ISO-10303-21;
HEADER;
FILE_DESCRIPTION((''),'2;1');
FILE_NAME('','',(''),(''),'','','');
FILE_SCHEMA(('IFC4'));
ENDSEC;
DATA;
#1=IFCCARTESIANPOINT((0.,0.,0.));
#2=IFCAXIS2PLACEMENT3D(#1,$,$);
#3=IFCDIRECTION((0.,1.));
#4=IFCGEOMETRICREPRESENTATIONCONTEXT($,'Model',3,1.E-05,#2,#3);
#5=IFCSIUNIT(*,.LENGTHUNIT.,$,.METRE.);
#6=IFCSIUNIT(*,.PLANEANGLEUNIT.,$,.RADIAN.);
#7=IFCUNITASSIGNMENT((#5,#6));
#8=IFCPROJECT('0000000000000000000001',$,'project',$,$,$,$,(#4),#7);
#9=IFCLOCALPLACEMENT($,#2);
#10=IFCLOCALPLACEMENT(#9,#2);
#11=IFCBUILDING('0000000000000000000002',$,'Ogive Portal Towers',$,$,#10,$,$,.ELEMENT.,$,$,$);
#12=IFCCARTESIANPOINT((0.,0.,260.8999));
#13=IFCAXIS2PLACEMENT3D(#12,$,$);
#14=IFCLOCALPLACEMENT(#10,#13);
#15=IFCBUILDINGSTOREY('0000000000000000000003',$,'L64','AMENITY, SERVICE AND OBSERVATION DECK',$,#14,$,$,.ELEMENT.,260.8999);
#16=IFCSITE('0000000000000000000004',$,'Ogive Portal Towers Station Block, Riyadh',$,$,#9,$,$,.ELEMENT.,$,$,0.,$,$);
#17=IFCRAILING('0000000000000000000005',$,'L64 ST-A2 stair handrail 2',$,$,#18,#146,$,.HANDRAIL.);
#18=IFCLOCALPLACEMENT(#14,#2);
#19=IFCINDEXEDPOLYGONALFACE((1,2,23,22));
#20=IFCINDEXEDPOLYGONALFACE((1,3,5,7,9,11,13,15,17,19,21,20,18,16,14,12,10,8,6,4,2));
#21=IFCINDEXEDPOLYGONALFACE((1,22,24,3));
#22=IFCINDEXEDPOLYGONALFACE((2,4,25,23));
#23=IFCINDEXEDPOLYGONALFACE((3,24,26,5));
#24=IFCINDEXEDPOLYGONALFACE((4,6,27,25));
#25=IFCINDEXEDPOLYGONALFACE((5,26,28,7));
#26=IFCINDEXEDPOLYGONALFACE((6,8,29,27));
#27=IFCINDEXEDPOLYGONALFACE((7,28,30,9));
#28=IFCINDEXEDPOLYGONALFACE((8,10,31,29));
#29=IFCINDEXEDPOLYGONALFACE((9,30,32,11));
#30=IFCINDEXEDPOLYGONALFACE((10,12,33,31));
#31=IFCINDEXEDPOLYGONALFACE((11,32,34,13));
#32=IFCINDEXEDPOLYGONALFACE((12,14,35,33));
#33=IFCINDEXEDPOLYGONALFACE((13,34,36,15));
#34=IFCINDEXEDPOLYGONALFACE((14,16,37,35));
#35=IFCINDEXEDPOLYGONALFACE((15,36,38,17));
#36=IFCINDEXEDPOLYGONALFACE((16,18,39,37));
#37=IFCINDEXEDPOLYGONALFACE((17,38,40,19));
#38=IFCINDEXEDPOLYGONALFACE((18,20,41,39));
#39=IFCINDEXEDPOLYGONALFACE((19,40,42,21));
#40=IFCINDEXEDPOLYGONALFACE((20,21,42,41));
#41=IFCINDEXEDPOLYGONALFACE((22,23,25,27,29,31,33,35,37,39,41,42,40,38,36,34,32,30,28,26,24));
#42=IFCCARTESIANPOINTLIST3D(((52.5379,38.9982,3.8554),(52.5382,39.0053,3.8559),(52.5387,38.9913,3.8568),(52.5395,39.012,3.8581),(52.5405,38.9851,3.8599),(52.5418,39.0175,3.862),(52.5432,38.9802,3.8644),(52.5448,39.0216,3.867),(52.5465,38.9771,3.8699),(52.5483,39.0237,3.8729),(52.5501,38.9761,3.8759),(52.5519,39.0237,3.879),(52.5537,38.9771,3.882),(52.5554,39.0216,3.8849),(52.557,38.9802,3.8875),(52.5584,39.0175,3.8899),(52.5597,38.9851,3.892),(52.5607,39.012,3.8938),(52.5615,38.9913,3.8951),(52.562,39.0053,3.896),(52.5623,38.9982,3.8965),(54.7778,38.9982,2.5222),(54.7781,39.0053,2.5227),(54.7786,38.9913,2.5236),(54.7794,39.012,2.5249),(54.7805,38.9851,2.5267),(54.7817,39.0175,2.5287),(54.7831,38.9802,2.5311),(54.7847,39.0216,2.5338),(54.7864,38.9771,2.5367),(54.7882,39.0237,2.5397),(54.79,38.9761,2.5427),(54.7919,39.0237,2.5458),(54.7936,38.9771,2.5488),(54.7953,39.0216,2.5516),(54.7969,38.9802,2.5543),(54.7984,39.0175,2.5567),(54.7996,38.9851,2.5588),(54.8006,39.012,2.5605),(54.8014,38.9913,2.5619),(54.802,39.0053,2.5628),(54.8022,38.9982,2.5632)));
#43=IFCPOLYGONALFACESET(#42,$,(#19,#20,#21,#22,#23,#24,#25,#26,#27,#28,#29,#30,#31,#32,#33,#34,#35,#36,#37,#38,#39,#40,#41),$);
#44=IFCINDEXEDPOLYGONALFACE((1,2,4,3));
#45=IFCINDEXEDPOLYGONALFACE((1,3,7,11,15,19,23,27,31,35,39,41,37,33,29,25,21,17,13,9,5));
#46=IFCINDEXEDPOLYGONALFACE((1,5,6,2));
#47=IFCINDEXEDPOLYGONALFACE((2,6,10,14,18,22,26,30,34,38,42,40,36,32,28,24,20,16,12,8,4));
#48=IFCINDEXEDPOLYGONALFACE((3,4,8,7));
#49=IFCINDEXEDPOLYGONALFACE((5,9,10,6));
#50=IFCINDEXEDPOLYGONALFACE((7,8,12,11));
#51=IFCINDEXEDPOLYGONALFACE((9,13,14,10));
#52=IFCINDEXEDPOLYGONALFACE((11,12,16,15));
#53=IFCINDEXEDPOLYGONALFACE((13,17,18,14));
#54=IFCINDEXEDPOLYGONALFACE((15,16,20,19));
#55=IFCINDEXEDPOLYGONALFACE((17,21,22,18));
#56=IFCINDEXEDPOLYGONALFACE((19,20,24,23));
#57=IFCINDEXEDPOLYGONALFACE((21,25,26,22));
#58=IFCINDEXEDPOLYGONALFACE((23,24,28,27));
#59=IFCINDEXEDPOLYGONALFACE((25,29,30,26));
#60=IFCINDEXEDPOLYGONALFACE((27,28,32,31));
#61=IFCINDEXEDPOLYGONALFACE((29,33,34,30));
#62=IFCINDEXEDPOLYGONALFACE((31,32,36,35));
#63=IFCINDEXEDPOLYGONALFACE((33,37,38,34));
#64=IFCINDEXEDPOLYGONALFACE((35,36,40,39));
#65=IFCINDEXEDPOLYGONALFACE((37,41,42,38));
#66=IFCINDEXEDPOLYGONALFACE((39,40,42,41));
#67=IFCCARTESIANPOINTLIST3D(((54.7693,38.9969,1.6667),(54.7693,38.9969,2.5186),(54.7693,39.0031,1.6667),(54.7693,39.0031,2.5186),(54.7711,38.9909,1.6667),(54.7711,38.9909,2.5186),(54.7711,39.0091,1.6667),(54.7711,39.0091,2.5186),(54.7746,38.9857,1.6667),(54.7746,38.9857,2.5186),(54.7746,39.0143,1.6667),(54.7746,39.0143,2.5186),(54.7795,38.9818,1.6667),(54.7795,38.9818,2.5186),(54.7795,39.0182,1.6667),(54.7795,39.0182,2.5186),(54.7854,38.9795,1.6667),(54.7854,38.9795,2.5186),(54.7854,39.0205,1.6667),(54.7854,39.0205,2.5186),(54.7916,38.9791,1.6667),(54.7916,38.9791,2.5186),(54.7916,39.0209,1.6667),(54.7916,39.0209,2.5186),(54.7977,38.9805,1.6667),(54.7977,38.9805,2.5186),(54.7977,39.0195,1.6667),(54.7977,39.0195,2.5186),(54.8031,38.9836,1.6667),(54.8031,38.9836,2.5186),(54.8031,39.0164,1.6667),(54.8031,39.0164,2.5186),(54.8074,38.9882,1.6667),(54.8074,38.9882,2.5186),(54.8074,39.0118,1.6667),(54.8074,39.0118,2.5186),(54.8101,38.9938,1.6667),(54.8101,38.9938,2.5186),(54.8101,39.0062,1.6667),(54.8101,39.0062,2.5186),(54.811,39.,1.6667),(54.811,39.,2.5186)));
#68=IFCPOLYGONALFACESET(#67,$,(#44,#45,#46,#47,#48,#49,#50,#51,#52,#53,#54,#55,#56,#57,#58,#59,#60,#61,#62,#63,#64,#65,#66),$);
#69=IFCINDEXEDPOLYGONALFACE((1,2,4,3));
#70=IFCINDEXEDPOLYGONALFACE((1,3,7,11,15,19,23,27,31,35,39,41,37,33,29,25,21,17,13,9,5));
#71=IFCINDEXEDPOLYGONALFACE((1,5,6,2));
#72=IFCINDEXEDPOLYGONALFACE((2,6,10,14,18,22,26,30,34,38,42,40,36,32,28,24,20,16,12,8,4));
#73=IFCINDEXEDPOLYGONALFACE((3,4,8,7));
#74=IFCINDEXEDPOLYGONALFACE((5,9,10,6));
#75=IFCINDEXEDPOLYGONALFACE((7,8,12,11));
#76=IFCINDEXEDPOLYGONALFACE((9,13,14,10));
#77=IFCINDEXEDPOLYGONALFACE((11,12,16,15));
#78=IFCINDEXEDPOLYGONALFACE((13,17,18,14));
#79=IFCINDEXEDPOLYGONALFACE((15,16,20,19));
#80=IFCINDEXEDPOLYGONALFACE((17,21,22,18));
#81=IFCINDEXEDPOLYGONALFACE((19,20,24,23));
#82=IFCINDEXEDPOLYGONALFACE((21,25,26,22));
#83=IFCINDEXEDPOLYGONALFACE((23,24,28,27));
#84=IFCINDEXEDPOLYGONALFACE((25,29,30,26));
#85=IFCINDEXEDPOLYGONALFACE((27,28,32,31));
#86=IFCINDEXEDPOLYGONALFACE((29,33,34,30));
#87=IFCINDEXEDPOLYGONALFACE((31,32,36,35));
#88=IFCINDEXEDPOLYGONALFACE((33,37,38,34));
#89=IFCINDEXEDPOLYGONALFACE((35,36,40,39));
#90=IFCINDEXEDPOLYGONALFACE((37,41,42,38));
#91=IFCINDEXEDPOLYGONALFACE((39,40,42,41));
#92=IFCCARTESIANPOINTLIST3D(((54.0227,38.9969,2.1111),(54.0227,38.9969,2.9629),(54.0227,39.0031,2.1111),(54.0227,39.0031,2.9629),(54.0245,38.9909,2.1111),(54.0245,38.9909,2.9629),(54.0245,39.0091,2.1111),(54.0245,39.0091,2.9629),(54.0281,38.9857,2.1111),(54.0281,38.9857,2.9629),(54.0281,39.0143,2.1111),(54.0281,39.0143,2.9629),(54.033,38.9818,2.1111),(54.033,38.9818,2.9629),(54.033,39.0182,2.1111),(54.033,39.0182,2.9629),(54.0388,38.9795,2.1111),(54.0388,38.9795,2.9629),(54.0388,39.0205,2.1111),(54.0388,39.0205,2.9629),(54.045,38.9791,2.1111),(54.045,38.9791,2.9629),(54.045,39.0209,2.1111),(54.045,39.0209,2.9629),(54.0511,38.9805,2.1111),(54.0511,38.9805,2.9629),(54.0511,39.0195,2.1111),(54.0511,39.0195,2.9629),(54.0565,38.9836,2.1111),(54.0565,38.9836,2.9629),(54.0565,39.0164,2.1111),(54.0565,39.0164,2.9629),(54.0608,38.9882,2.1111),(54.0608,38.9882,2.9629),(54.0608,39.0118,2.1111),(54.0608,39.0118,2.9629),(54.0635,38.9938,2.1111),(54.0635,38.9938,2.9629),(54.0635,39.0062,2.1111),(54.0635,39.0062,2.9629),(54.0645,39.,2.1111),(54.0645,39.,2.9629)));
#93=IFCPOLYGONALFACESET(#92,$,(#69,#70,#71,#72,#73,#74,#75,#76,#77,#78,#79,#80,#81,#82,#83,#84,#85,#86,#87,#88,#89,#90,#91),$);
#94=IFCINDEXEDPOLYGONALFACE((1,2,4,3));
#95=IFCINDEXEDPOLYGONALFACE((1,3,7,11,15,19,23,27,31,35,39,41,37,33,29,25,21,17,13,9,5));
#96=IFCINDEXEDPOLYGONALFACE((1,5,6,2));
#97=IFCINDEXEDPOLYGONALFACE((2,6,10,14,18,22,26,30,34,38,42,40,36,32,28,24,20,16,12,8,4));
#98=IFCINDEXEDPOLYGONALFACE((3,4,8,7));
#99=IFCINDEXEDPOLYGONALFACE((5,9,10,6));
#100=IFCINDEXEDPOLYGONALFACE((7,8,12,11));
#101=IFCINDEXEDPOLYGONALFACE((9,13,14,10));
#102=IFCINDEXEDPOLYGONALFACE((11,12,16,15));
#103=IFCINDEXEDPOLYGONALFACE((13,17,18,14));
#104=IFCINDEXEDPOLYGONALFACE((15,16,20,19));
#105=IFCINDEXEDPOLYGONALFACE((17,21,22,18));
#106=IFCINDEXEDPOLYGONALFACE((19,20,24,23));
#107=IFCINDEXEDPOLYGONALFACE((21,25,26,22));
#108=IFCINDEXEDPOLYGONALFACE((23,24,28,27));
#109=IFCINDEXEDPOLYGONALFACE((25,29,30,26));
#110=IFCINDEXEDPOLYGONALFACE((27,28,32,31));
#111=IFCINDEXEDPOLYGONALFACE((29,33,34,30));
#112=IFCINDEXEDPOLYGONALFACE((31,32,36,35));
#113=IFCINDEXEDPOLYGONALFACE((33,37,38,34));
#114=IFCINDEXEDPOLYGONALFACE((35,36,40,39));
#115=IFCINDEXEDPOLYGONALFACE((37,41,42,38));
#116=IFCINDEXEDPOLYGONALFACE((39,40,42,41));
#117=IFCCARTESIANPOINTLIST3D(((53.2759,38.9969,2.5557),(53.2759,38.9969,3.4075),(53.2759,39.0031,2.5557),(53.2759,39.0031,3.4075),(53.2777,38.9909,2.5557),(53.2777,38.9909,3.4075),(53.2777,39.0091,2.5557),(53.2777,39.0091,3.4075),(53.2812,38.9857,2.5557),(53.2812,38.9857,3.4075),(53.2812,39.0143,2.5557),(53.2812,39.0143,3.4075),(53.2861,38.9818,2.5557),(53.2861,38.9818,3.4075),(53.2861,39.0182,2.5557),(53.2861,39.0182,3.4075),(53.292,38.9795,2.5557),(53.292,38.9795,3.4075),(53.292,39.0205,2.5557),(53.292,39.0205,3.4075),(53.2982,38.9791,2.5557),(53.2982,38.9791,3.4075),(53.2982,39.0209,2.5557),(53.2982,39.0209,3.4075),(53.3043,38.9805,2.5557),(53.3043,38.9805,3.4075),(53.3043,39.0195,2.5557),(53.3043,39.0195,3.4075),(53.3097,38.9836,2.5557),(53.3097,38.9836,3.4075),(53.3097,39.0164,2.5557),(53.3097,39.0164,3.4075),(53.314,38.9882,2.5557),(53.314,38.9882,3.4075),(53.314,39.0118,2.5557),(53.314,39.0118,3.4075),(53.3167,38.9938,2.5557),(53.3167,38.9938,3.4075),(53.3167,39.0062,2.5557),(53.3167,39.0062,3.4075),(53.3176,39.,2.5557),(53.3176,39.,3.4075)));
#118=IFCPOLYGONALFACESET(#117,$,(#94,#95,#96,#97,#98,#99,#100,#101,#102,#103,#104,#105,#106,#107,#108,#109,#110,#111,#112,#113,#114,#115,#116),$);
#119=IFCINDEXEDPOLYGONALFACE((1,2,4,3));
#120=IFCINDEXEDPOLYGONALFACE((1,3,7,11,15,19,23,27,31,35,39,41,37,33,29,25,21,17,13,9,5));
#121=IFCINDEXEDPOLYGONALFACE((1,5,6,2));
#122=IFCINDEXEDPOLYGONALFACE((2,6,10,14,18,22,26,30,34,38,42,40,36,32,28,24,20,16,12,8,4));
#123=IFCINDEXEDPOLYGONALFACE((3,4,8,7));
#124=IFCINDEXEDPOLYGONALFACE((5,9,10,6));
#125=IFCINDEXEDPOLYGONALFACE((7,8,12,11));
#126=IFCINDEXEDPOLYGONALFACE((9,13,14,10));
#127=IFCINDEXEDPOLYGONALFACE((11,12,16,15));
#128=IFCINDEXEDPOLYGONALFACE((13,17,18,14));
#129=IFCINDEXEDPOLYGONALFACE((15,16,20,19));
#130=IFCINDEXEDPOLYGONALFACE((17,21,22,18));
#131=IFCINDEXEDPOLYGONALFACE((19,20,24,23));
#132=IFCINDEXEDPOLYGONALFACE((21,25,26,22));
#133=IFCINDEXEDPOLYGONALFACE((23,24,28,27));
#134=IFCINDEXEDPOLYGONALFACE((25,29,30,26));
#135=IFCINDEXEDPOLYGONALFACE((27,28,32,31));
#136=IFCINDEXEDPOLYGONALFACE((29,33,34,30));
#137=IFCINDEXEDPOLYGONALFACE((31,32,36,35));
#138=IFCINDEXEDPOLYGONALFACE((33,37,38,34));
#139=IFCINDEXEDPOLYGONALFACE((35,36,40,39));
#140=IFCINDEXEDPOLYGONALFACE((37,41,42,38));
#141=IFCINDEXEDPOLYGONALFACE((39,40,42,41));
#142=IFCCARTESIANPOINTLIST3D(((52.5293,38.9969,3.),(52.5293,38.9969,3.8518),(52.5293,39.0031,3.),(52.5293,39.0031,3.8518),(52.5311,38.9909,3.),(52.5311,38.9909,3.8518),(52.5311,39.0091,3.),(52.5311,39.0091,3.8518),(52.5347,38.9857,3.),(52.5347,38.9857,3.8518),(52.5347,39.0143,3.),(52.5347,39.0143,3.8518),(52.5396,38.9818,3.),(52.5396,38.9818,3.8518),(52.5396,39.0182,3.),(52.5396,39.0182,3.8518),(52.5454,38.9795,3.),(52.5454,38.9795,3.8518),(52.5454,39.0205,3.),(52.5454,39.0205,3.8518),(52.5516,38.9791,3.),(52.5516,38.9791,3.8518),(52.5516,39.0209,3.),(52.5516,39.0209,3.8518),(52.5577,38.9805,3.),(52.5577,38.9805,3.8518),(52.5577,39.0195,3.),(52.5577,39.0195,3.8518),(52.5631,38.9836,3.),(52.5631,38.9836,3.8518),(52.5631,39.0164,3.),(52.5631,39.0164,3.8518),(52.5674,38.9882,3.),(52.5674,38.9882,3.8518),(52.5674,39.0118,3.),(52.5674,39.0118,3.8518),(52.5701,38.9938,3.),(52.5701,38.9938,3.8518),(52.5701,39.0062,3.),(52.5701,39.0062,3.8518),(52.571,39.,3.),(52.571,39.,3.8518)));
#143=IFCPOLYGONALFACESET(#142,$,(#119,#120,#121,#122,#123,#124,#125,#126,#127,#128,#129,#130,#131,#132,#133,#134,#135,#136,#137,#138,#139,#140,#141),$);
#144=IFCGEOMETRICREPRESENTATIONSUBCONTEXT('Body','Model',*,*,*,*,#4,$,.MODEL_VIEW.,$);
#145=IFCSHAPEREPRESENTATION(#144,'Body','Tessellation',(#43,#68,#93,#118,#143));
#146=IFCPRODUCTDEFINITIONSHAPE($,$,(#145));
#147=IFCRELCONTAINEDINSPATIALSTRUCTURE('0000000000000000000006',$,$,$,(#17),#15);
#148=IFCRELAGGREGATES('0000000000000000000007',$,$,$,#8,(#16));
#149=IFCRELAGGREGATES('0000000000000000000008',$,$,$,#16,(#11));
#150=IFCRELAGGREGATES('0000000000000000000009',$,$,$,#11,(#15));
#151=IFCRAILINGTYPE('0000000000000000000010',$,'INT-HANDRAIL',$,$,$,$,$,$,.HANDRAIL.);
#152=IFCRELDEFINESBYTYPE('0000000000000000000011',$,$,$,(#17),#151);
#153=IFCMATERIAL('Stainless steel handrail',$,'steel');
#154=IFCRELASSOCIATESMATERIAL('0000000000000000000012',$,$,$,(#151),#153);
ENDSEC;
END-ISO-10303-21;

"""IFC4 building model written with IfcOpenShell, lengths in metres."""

from ifc_helpers import new_model, si_unit, direction, frame, origin, origin_2d, place, context, subcontext, project, spatial, circle, extrude, material, type_object, element, save


model = new_model("IFC4")

# Units and contexts
model_context = context("Model", 3, precision=1e-05, world=origin(), true_north=direction((0.0, 1.0)))
body_context = subcontext(model_context, "Body", "Model", "MODEL_VIEW")
ifc_project = project(units=[si_unit("LENGTHUNIT", "METRE"), si_unit("PLANEANGLEUNIT", "RADIAN")], contexts=[model_context])

# Site, building, storey
site_placement = place(None, origin())
site = spatial("IfcSite", under=ifc_project, at=site_placement, Name="Ogive Portal Towers Station Block, Riyadh", CompositionType="ELEMENT", RefElevation=0.0)
building_placement = place(site_placement, origin())
building = spatial("IfcBuilding", under=site, at=building_placement, Name="Ogive Portal Towers", CompositionType="ELEMENT")
storey_placement = place(building_placement, frame((0.0, 0.0, 260.8999)))
storey = spatial("IfcBuildingStorey", under=building, at=storey_placement, Name="L64", Description="AMENITY, SERVICE AND OBSERVATION DECK", CompositionType="ELEMENT", Elevation=260.8999)

# Railing
ifc_material_1 = material(Name="Stainless steel handrail", Category="steel")
railing_type_1 = type_object("IfcRailingType", Name="INT-HANDRAIL", PredefinedType="HANDRAIL", material=ifc_material_1)
railing_1_placement = place(storey_placement, frame((54.79, 39.0, 1.6667)))
element("IfcRailing", 1, at=railing_1_placement, inside=storey, type_object=railing_type_1, Name="L64 ST-A2 stair handrail 2", PredefinedType="HANDRAIL", context=body_context, shape_type="SweptSolid", body=[
    extrude(circle(Radius=0.0239, at=origin_2d()), frame((0.0, 0.0, 0.876), z_axis=(-0.859306, 0.0, 0.511462), x_axis=(0.0, -1.0, 0.0)), (0.0, 0.0, 1.0), 2.6067),
    extrude(circle(Radius=0.021, at=origin_2d()), origin(), (0.0, 0.0, 1.0), 0.8518),
    extrude(circle(Radius=0.021, at=origin_2d()), frame((-0.7466, 0.0, 0.4443)), (0.0, 0.0, 1.0), 0.8518),
    extrude(circle(Radius=0.021, at=origin_2d()), frame((-1.4934, 0.0, 0.8889)), (0.0, 0.0, 1.0), 0.8518),
    extrude(circle(Radius=0.021, at=origin_2d()), frame((-2.24, 0.0, 1.3333)), (0.0, 0.0, 1.0), 0.8518),
])

save(model, "model.ifc")
